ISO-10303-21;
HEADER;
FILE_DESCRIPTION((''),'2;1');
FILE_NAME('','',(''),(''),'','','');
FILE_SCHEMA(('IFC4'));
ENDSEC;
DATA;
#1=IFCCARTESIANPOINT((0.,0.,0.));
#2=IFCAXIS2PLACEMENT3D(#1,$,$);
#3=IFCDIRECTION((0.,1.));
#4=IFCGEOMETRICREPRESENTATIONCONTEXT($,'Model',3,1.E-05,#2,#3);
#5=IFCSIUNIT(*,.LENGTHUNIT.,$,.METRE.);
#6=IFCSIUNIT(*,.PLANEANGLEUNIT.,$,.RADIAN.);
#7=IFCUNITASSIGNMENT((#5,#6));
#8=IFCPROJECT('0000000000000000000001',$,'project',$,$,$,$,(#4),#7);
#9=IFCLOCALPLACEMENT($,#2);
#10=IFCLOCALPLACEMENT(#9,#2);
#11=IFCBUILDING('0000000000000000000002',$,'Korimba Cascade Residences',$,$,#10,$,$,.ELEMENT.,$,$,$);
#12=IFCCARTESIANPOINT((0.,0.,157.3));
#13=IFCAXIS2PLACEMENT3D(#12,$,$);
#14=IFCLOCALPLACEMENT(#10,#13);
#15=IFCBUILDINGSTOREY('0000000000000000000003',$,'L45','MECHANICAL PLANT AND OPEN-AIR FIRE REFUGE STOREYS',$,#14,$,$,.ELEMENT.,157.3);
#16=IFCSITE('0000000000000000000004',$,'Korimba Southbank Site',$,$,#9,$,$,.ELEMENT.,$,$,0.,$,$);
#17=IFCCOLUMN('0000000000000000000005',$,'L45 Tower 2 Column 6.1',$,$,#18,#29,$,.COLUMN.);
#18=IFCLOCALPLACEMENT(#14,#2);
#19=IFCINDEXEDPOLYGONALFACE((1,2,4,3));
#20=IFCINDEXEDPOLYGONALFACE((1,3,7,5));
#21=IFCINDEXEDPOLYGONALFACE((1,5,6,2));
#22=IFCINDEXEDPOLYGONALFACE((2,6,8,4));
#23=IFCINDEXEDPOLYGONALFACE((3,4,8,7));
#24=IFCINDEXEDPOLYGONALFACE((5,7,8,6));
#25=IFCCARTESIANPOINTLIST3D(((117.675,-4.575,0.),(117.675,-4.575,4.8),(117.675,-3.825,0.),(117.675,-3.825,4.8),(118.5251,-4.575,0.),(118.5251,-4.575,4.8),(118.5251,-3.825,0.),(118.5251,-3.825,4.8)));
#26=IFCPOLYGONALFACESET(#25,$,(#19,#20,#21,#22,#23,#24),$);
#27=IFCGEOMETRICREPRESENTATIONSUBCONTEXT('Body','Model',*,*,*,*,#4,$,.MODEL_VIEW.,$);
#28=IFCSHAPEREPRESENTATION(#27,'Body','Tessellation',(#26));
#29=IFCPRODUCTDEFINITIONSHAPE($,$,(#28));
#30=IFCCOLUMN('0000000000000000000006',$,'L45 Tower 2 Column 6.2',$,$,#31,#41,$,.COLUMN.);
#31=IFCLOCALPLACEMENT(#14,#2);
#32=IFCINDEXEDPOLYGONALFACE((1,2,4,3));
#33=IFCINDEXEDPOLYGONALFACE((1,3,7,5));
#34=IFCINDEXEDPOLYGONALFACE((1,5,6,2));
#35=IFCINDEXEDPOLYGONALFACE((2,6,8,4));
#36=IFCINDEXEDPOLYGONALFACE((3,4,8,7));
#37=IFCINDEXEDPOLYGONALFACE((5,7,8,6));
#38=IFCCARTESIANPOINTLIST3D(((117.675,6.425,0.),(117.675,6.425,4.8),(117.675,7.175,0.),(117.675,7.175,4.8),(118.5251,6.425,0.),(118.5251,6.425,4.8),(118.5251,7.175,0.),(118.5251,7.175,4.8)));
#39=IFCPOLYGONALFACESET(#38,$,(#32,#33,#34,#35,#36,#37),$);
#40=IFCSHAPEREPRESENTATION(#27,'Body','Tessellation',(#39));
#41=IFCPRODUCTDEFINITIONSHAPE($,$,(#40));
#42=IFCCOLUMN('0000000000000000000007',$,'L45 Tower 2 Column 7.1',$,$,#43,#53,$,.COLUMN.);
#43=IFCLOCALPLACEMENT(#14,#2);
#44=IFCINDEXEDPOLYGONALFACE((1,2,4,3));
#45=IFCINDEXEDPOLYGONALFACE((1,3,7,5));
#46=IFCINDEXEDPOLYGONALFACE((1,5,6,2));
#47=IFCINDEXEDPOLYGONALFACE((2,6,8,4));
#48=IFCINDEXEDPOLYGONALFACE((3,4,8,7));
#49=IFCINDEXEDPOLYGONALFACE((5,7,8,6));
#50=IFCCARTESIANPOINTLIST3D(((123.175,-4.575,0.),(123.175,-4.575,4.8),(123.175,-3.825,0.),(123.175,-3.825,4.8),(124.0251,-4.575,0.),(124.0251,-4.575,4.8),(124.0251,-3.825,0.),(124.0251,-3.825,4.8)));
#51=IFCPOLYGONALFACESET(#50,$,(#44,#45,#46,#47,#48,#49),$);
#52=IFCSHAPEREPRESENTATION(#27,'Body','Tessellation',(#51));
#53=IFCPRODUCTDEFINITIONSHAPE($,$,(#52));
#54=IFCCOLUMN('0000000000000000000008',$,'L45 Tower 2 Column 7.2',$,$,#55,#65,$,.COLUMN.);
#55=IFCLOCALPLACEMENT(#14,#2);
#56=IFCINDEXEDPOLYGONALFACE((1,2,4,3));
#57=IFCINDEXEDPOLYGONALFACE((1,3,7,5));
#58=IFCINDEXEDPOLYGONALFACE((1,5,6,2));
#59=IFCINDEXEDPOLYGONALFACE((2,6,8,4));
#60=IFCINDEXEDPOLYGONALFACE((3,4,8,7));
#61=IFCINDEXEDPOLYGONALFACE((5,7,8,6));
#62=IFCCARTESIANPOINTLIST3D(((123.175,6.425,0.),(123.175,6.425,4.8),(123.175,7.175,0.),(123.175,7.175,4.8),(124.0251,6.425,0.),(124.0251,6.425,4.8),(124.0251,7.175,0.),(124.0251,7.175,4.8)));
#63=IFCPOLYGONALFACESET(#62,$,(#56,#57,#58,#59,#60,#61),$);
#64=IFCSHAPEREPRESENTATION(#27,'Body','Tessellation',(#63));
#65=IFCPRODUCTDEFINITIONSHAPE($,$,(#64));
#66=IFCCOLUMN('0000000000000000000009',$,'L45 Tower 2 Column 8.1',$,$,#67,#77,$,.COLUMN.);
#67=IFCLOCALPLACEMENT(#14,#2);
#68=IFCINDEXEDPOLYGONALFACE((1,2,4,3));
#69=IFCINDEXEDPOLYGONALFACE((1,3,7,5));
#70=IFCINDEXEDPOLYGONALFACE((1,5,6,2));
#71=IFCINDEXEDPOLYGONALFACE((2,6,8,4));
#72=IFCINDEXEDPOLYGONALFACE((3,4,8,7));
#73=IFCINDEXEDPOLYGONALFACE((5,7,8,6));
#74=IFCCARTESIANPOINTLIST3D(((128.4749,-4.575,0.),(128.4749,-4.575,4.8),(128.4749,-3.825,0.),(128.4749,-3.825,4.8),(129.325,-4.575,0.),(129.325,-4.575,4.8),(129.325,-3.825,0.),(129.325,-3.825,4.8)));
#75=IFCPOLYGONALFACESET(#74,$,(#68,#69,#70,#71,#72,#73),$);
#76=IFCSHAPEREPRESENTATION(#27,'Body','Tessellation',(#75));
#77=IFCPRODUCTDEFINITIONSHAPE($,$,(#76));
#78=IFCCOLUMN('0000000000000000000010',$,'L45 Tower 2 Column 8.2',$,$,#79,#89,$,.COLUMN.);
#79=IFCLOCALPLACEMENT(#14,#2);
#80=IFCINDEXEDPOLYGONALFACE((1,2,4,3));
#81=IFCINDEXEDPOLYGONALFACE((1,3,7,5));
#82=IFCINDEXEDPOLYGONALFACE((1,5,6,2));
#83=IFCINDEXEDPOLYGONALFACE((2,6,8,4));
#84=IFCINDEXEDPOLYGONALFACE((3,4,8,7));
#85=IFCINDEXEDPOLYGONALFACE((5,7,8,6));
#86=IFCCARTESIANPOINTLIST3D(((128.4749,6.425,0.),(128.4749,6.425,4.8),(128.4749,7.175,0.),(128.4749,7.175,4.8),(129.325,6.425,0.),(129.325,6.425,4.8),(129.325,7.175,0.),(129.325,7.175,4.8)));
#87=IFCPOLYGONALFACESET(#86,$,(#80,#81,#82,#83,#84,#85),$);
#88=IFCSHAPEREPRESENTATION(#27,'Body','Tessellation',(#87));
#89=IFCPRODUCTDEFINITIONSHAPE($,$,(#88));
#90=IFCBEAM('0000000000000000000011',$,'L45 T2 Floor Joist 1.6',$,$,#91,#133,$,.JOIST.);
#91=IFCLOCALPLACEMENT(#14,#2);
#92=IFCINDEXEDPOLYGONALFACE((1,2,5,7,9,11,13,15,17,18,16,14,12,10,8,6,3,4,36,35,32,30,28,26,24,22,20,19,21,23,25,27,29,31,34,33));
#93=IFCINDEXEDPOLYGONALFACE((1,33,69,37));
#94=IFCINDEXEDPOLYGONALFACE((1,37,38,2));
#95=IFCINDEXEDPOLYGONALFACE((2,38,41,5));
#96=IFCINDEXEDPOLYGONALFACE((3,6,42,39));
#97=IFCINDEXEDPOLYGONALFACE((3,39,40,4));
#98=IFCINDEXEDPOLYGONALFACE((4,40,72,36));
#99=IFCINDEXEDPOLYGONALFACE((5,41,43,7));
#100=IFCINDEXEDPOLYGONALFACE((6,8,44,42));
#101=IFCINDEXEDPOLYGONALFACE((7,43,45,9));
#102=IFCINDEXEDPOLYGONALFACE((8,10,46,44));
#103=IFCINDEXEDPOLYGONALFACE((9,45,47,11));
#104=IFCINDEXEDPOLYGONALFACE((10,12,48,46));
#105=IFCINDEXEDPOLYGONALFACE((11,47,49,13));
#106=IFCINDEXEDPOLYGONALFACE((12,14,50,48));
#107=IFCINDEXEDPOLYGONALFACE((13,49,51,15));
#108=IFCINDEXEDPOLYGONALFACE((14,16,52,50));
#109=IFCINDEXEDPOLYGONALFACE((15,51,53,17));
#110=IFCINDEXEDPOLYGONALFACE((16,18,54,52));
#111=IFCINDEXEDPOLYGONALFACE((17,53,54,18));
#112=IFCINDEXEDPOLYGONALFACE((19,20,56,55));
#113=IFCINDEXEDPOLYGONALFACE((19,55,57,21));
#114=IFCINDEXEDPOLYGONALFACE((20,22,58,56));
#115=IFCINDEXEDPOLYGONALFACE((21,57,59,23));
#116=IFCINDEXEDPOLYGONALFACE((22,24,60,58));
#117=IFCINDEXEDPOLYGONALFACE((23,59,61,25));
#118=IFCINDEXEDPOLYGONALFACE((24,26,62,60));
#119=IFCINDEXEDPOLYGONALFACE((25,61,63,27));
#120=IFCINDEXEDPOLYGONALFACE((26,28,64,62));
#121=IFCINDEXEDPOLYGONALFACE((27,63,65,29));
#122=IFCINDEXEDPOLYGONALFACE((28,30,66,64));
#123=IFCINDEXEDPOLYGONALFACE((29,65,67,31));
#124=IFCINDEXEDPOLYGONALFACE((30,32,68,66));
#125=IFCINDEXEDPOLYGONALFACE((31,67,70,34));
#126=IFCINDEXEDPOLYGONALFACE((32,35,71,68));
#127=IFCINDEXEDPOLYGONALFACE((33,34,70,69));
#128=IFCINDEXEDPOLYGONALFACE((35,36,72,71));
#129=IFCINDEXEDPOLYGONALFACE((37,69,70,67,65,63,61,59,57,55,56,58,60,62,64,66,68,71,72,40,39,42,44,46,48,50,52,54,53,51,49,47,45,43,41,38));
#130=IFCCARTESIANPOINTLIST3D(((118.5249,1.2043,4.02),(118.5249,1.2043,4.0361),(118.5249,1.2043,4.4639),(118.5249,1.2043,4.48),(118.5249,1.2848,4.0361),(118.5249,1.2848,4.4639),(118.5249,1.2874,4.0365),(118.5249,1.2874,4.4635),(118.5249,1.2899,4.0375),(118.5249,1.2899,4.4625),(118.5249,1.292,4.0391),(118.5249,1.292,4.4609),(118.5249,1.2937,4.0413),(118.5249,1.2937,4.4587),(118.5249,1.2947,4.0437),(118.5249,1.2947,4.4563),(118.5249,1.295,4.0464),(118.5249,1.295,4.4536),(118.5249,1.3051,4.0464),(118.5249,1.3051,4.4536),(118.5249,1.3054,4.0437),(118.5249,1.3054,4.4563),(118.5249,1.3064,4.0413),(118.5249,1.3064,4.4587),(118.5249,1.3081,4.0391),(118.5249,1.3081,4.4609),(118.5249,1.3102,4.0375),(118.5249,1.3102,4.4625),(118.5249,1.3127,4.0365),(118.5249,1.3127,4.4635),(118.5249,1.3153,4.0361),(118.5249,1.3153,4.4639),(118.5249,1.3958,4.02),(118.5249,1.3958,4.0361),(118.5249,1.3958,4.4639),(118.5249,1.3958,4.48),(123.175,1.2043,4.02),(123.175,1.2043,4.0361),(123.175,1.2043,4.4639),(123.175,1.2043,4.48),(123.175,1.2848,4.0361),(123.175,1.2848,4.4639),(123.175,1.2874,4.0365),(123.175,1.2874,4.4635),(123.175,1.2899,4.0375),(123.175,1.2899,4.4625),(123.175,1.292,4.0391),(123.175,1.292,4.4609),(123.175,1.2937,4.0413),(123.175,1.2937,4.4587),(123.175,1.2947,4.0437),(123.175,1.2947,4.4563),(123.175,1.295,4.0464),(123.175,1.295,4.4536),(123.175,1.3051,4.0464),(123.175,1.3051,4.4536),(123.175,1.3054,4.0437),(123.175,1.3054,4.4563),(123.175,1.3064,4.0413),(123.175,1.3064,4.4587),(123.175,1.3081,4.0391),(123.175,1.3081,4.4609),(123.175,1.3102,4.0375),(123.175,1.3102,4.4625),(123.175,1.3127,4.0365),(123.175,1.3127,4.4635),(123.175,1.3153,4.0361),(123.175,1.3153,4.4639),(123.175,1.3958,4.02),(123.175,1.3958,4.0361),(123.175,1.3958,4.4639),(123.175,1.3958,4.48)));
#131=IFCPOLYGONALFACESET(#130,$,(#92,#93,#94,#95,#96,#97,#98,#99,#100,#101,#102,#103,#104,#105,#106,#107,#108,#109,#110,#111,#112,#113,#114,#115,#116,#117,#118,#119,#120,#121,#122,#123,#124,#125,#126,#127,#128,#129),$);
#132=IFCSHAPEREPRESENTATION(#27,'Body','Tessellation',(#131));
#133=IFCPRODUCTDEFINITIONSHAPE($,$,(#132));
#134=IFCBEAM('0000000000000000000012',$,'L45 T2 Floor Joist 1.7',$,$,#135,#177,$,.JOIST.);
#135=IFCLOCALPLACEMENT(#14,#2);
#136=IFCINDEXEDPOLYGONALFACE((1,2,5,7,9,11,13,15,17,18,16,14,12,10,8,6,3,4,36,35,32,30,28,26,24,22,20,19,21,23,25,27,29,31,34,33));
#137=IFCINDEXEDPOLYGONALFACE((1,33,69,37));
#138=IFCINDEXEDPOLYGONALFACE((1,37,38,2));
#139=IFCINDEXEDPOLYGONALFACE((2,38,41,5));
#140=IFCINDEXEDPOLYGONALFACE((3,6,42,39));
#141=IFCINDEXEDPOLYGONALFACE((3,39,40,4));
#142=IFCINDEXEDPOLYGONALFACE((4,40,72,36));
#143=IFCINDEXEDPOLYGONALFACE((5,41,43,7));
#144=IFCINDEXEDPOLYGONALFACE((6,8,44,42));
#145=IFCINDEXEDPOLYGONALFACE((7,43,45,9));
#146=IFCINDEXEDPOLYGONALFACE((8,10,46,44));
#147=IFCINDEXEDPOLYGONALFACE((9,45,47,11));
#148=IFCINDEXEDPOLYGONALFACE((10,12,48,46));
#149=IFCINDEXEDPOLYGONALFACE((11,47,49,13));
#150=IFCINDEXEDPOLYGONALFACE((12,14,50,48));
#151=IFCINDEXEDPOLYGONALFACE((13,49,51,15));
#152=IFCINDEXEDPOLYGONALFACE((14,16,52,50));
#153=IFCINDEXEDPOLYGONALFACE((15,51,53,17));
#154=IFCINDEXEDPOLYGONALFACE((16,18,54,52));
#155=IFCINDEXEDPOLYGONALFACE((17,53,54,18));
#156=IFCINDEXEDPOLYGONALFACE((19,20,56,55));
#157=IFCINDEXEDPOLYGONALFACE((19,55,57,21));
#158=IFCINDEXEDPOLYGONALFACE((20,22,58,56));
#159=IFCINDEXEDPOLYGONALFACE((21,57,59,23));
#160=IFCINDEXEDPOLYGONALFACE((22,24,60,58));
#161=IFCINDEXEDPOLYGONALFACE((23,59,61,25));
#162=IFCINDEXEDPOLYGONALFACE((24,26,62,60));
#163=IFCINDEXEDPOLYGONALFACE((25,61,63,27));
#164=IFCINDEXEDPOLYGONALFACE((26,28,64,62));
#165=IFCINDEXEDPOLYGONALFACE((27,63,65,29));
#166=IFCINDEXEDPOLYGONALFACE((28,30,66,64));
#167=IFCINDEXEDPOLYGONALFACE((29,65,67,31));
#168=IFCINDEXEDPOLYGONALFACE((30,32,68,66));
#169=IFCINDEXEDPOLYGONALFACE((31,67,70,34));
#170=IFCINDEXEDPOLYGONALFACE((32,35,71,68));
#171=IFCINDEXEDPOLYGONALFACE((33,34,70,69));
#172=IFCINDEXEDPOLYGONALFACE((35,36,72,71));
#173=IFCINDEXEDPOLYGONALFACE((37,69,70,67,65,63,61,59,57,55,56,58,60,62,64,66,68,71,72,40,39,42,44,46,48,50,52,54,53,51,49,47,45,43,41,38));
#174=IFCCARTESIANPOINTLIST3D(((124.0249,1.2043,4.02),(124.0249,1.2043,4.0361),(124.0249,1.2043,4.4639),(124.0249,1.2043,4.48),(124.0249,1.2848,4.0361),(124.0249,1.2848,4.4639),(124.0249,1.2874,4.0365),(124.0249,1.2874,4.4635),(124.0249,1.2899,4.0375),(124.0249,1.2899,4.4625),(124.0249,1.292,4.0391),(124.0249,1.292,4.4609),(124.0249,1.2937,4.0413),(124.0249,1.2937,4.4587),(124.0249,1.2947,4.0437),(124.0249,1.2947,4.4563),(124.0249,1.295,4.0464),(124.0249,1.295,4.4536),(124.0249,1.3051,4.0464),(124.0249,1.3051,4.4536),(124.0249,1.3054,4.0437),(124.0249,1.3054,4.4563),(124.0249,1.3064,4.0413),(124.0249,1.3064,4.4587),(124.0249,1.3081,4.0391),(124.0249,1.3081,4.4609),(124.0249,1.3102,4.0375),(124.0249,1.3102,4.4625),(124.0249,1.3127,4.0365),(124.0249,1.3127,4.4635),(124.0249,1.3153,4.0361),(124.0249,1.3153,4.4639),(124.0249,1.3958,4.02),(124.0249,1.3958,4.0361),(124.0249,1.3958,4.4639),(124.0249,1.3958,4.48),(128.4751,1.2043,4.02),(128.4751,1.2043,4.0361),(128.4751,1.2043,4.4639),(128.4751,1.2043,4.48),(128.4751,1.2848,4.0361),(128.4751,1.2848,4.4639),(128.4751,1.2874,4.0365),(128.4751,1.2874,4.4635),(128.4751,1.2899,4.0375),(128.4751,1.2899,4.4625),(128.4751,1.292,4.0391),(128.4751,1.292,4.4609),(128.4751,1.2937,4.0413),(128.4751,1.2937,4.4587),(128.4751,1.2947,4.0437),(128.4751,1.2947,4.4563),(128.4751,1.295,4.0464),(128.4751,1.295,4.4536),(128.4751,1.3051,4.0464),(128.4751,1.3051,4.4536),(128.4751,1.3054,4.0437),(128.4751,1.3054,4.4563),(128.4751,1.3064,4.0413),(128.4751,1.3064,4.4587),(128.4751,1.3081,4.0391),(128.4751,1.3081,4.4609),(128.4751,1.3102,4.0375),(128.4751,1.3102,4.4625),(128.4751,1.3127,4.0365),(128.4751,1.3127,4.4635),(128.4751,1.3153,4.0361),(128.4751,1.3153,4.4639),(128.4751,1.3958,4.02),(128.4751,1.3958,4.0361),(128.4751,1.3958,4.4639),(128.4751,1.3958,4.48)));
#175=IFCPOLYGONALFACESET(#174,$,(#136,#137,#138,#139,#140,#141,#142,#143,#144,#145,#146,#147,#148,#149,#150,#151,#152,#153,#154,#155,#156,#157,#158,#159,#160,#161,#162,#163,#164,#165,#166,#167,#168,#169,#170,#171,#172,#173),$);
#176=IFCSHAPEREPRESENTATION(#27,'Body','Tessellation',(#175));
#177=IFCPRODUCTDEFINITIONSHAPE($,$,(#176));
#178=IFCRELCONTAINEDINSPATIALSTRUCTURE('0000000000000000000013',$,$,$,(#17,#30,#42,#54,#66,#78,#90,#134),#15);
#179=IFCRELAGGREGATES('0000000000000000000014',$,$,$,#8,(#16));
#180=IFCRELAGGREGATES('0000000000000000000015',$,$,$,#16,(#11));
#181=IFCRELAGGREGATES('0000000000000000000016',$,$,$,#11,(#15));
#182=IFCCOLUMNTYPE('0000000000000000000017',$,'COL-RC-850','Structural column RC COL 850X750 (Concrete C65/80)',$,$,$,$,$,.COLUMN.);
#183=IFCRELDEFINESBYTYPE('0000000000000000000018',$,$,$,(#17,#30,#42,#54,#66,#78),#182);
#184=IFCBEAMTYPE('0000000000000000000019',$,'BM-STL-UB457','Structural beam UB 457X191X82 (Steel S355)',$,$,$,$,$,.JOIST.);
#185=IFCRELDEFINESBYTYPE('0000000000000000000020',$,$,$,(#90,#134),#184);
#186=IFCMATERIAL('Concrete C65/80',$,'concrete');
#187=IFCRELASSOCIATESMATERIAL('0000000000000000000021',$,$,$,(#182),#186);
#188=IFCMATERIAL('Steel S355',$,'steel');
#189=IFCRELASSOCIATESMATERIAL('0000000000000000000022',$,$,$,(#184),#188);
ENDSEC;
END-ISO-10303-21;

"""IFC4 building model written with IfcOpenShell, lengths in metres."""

from ifc_helpers import new_model, si_unit, direction, frame, origin, origin_2d, place, context, subcontext, project, spatial, rectangle, i_section, extrude, material, material_profile, profile_set, type_object, element, save


model = new_model("IFC4")

# Units and contexts
model_context = context("Model", 3, precision=1e-05, world=origin(), true_north=direction((0.0, 1.0)))
body_context = subcontext(model_context, "Body", "Model", "MODEL_VIEW")
ifc_project = project(units=[si_unit("LENGTHUNIT", "METRE"), si_unit("PLANEANGLEUNIT", "RADIAN")], contexts=[model_context])

# Site, building, storey
site_placement = place(None, origin())
site = spatial("IfcSite", under=ifc_project, at=site_placement, Name="Korimba Southbank Site", CompositionType="ELEMENT", RefElevation=0.0)
building_placement = place(site_placement, origin())
building = spatial("IfcBuilding", under=site, at=building_placement, Name="Korimba Cascade Residences", CompositionType="ELEMENT")
storey_placement = place(building_placement, frame((0.0, 0.0, 157.3)))
storey = spatial("IfcBuildingStorey", under=building, at=storey_placement, Name="L45", Description="MECHANICAL PLANT AND OPEN-AIR FIRE REFUGE STOREYS", CompositionType="ELEMENT", Elevation=157.3)

# Columns
ifc_material_1 = material(Name="Concrete C65/80", Category="concrete")
ifc_material_profile_1 = material_profile(ifc_material_1, rectangle(XDim=0.8501, YDim=0.75, at=origin_2d()), Name="Concrete C65/80")
ifc_profile_set_1 = profile_set([ifc_material_profile_1], Name="Concrete C65/80")
column_type = type_object("IfcColumnType", Name="COL-RC-850", Description="Structural column RC COL 850X750 (Concrete C65/80)", PredefinedType="COLUMN", material=ifc_profile_set_1)
for number, where, z_axis, x_axis, name in (
    (1, (118.1001, -4.2, 0.0), (0.0, 0.0, 1.0), (1.0, 0.0, 0.0), "L45 Tower 2 Column 6.1"),
    (2, (118.1001, 6.8, 0.0), (0.0, 0.0, 1.0), (1.0, 0.0, 0.0), "L45 Tower 2 Column 6.2"),
    (3, (123.6001, -4.2, 0.0), (0.0, 0.0, 1.0), (1.0, 0.0, 0.0), "L45 Tower 2 Column 7.1"),
    (4, (123.6001, 6.8, 0.0), (0.0, 0.0, 1.0), (1.0, 0.0, 0.0), "L45 Tower 2 Column 7.2"),
    (5, (128.8999, -4.2, 0.0), (0.0, 0.0, 1.0), (1.0, 0.0, 0.0), "L45 Tower 2 Column 8.1"),
    (6, (128.8999, 6.8, 0.0), (0.0, 0.0, 1.0), (1.0, 0.0, 0.0), "L45 Tower 2 Column 8.2"),
):
    element("IfcColumn", number, at=place(storey_placement, frame(where, z_axis=z_axis, x_axis=x_axis)), inside=storey, type_object=column_type, Name=name, PredefinedType="COLUMN", context=body_context, shape_type="SweptSolid", body=[
        extrude(rectangle(XDim=0.8501, YDim=0.75, at=origin_2d()), origin(), (0.0, 0.0, 1.0), 4.8),
    ])

# Beams
ifc_material_2 = material(Name="Steel S355", Category="steel")
ifc_material_profile_2 = material_profile(ifc_material_2, i_section(OverallWidth=0.1914, OverallDepth=0.46, WebThickness=0.01, FlangeThickness=0.0161, FilletRadius=0.0103, at=origin_2d()), Name="Steel S355")
ifc_profile_set_2 = profile_set([ifc_material_profile_2], Name="Steel S355")
beam_type_1 = type_object("IfcBeamType", Name="BM-STL-UB457", Description="Structural beam UB 457X191X82 (Steel S355)", PredefinedType="JOIST", material=ifc_profile_set_2)
beam_1_placement = place(storey_placement, frame((118.5249, 1.3, 4.25), z_axis=(1.0, 0.0, 0.0), x_axis=(0.0, 1.0, 0.0)))
element("IfcBeam", 7, at=beam_1_placement, inside=storey, type_object=beam_type_1, Name="L45 T2 Floor Joist 1.6", PredefinedType="JOIST", context=body_context, shape_type="SweptSolid", body=[
    extrude(i_section(OverallWidth=0.1914, OverallDepth=0.46, WebThickness=0.01, FlangeThickness=0.0161, FilletRadius=0.0103, at=origin_2d()), origin(), (0.0, 0.0, 1.0), 4.6501),
])
beam_2_placement = place(storey_placement, frame((124.0249, 1.3, 4.25), z_axis=(1.0, 0.0, 0.0), x_axis=(0.0, 1.0, 0.0)))
element("IfcBeam", 8, at=beam_2_placement, inside=storey, type_object=beam_type_1, Name="L45 T2 Floor Joist 1.7", PredefinedType="JOIST", context=body_context, shape_type="SweptSolid", body=[
    extrude(i_section(OverallWidth=0.1914, OverallDepth=0.46, WebThickness=0.01, FlangeThickness=0.0161, FilletRadius=0.0103, at=origin_2d()), origin(), (0.0, 0.0, 1.0), 4.4502),
])

save(model, "model.ifc")
